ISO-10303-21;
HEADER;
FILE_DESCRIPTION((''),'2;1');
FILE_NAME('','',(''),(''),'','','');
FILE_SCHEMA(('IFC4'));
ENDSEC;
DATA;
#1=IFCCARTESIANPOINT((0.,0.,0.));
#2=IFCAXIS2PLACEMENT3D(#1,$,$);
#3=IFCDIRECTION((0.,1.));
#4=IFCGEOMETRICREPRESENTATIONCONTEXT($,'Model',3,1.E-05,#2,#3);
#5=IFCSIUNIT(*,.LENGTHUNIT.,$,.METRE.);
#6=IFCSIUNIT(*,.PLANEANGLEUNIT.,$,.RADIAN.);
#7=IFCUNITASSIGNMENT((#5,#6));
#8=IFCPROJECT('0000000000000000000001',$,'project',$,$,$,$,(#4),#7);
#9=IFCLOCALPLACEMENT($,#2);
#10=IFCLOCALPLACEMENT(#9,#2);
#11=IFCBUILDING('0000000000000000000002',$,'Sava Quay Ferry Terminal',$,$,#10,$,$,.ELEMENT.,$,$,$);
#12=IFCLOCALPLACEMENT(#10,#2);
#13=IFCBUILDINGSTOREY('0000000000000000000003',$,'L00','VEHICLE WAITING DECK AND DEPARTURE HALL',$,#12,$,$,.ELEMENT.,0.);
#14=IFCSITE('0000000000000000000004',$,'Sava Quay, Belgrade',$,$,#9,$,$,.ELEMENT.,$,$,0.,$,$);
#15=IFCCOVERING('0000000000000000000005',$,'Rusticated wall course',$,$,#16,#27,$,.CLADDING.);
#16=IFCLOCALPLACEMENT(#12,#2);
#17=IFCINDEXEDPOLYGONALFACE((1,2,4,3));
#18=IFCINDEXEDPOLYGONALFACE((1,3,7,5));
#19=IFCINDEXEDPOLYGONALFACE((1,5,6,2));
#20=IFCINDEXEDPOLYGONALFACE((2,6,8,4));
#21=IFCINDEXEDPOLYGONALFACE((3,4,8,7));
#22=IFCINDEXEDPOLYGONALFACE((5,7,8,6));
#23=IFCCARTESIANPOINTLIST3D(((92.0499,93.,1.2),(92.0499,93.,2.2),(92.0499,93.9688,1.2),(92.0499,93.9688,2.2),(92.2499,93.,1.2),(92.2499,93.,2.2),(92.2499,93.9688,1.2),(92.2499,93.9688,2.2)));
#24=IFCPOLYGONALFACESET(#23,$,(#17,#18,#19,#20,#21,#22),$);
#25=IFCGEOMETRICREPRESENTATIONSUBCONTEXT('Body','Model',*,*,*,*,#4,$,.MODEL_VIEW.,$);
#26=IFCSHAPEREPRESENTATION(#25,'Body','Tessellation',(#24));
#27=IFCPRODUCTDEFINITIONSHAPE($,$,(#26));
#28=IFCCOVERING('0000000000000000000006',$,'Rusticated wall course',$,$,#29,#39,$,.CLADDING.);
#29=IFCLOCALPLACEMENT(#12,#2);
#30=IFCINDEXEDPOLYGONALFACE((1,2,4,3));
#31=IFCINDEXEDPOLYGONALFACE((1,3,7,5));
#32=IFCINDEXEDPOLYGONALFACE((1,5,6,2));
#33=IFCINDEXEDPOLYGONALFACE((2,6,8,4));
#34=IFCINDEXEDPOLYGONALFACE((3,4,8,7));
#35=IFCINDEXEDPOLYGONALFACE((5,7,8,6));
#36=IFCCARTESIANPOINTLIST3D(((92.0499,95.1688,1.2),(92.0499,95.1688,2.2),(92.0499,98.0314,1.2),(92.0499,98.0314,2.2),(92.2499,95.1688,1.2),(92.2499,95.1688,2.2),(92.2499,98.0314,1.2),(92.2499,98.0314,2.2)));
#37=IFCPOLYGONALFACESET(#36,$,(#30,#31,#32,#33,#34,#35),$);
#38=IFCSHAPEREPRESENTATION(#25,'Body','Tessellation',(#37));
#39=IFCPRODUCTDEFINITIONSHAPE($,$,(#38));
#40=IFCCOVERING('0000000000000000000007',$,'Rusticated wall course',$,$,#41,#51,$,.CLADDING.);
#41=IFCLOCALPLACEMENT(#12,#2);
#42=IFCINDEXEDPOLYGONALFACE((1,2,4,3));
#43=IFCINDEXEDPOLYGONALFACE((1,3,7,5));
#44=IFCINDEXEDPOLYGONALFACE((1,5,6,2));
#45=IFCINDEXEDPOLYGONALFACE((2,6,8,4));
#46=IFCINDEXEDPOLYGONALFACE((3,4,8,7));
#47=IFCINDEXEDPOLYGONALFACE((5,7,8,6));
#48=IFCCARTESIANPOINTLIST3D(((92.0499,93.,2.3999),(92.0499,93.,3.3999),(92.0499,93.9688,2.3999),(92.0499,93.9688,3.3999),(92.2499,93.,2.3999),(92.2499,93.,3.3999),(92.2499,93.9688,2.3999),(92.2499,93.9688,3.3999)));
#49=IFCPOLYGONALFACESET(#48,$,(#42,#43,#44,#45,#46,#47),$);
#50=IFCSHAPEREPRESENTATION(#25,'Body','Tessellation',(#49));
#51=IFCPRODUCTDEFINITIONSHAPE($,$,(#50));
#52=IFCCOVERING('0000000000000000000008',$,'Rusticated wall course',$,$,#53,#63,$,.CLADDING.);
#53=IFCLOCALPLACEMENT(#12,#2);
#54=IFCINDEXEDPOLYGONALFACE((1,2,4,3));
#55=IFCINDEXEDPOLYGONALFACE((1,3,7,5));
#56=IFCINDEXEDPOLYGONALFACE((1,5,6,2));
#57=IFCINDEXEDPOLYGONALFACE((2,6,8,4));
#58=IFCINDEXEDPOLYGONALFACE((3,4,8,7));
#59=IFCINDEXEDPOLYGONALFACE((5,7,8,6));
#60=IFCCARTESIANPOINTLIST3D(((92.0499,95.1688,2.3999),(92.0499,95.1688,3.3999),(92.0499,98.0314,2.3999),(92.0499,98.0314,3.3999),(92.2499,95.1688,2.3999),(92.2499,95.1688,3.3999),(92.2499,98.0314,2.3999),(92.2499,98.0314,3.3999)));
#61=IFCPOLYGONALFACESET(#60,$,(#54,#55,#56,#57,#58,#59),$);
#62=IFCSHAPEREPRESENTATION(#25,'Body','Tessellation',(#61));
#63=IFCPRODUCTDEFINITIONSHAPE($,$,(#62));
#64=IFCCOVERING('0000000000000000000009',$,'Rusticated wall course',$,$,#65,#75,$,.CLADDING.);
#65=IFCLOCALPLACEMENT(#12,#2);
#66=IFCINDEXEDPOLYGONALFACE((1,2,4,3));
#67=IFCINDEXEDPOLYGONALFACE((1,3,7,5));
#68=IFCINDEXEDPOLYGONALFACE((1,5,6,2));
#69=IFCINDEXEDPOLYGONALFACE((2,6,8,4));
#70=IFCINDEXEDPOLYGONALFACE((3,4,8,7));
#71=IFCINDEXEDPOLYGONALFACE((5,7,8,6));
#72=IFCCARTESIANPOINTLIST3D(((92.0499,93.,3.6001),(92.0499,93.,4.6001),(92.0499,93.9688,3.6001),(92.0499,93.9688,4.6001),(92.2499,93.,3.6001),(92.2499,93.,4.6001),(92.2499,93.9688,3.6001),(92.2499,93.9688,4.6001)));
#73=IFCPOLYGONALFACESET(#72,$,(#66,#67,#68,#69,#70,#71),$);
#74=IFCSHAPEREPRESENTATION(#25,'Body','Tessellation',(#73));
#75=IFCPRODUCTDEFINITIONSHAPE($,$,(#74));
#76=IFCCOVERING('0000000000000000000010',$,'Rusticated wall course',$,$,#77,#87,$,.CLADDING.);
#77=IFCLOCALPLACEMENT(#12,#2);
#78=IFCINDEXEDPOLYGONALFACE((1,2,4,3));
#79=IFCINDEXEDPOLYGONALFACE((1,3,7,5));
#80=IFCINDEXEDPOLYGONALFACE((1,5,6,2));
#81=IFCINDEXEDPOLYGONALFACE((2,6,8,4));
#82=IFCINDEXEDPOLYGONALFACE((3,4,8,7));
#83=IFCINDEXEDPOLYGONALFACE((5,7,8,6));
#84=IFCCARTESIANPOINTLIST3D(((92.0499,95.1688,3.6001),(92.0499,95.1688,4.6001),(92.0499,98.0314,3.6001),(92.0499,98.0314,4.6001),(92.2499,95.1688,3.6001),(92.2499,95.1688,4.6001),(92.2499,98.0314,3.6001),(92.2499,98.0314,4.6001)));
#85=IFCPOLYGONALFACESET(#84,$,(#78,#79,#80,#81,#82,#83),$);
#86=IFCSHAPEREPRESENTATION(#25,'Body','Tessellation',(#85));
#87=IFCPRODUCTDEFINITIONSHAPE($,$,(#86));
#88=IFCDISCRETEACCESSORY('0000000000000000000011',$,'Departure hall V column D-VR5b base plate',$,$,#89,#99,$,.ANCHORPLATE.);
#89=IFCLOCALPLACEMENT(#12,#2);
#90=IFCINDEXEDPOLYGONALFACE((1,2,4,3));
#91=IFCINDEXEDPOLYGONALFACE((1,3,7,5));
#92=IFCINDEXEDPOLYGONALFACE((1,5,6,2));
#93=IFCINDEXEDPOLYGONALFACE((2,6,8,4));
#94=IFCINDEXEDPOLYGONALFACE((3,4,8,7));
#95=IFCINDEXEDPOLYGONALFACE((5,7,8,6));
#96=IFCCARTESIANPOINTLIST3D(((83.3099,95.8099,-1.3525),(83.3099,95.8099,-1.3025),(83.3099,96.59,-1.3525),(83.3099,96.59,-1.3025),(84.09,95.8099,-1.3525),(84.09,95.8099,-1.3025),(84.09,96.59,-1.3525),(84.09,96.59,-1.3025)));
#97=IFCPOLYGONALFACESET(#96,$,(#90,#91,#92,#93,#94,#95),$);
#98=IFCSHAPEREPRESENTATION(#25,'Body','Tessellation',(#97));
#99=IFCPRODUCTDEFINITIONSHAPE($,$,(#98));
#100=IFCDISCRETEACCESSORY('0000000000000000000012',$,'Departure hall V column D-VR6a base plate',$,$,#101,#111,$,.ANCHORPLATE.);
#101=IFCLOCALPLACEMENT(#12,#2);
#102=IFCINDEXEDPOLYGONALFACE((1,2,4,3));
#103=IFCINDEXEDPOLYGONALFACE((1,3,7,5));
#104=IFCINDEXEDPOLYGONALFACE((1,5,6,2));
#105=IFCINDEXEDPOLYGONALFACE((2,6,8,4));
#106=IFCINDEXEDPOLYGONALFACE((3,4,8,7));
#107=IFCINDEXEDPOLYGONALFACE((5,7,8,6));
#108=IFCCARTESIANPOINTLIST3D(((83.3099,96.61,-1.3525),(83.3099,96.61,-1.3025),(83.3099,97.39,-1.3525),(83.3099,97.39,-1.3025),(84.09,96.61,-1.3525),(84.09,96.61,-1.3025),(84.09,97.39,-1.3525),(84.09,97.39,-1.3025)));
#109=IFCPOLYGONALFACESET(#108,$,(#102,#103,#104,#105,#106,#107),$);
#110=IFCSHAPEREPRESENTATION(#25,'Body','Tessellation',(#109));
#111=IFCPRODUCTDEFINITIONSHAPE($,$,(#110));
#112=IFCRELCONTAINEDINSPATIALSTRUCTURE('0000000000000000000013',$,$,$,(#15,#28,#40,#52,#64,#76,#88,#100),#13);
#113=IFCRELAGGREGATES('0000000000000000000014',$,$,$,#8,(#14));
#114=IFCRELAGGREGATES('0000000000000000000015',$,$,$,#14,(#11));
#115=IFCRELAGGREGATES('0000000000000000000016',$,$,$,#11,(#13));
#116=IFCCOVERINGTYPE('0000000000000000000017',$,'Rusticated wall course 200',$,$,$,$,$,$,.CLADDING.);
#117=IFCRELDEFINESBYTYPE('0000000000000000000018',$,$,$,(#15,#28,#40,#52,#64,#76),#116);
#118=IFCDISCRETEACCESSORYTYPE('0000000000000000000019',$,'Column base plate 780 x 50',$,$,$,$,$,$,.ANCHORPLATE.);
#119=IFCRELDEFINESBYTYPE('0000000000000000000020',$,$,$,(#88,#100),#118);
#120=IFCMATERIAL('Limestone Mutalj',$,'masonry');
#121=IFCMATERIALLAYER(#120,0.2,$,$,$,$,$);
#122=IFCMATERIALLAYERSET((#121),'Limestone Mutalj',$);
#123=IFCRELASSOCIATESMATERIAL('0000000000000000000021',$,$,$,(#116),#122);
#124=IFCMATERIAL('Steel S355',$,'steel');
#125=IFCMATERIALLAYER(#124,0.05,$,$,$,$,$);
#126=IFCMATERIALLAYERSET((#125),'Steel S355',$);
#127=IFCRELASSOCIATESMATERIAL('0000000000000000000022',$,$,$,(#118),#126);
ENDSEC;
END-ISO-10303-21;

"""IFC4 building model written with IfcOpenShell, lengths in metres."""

from ifc_helpers import new_model, si_unit, direction, frame, origin, origin_2d, place, context, subcontext, project, spatial, rectangle, extrude, material, layer, layer_set, type_object, element, save


model = new_model("IFC4")

# Units and contexts
model_context = context("Model", 3, precision=1e-05, world=origin(), true_north=direction((0.0, 1.0)))
body_context = subcontext(model_context, "Body", "Model", "MODEL_VIEW")
ifc_project = project(units=[si_unit("LENGTHUNIT", "METRE"), si_unit("PLANEANGLEUNIT", "RADIAN")], contexts=[model_context])

# Site, building, storey
site_placement = place(None, origin())
site = spatial("IfcSite", under=ifc_project, at=site_placement, Name="Sava Quay, Belgrade", CompositionType="ELEMENT", RefElevation=0.0)
building_placement = place(site_placement, origin())
building = spatial("IfcBuilding", under=site, at=building_placement, Name="Sava Quay Ferry Terminal", CompositionType="ELEMENT")
storey_placement = place(building_placement, origin())
storey = spatial("IfcBuildingStorey", under=building, at=storey_placement, Name="L00", Description="VEHICLE WAITING DECK AND DEPARTURE HALL", CompositionType="ELEMENT", Elevation=0.0)

# Coverings
ifc_material_1 = material(Name="Limestone Mutalj", Category="masonry")
ifc_layer_1 = layer(ifc_material_1, 0.2)
ifc_layer_set_1 = layer_set([ifc_layer_1], Name="Limestone Mutalj")
covering_type_1 = type_object("IfcCoveringType", Name="Rusticated wall course 200", PredefinedType="CLADDING", material=ifc_layer_set_1)
covering_1_placement = place(storey_placement, frame((92.1499, 93.4844, 1.2), z_axis=(0.0, 0.0, 1.0), x_axis=(1.0, 0.0, 0.0)))
element("IfcCovering", 1, at=covering_1_placement, inside=storey, type_object=covering_type_1, Name="Rusticated wall course", PredefinedType="CLADDING", context=body_context, shape_type="SweptSolid", body=[
    extrude(rectangle(XDim=0.2, YDim=0.9688, at=origin_2d()), origin(), (0.0, 0.0, 1.0), 1.0),
])
covering_2_placement = place(storey_placement, frame((92.1499, 96.6001, 1.2), z_axis=(0.0, 0.0, 1.0), x_axis=(1.0, 0.0, 0.0)))
element("IfcCovering", 2, at=covering_2_placement, inside=storey, type_object=covering_type_1, Name="Rusticated wall course", PredefinedType="CLADDING", context=body_context, shape_type="SweptSolid", body=[
    extrude(rectangle(XDim=0.2, YDim=2.8625, at=origin_2d()), origin(), (0.0, 0.0, 1.0), 1.0),
])
covering_3_placement = place(storey_placement, frame((92.1499, 93.4844, 2.3999), z_axis=(0.0, 0.0, 1.0), x_axis=(1.0, 0.0, 0.0)))
element("IfcCovering", 3, at=covering_3_placement, inside=storey, type_object=covering_type_1, Name="Rusticated wall course", PredefinedType="CLADDING", context=body_context, shape_type="SweptSolid", body=[
    extrude(rectangle(XDim=0.2, YDim=0.9688, at=origin_2d()), origin(), (0.0, 0.0, 1.0), 1.0),
])
covering_4_placement = place(storey_placement, frame((92.1499, 96.6001, 2.3999), z_axis=(0.0, 0.0, 1.0), x_axis=(1.0, 0.0, 0.0)))
element("IfcCovering", 4, at=covering_4_placement, inside=storey, type_object=covering_type_1, Name="Rusticated wall course", PredefinedType="CLADDING", context=body_context, shape_type="SweptSolid", body=[
    extrude(rectangle(XDim=0.2, YDim=2.8625, at=origin_2d()), origin(), (0.0, 0.0, 1.0), 1.0),
])
covering_5_placement = place(storey_placement, frame((92.1499, 93.4844, 3.6001), z_axis=(0.0, 0.0, 1.0), x_axis=(1.0, 0.0, 0.0)))
element("IfcCovering", 5, at=covering_5_placement, inside=storey, type_object=covering_type_1, Name="Rusticated wall course", PredefinedType="CLADDING", context=body_context, shape_type="SweptSolid", body=[
    extrude(rectangle(XDim=0.2, YDim=0.9688, at=origin_2d()), origin(), (0.0, 0.0, 1.0), 1.0),
])
covering_6_placement = place(storey_placement, frame((92.1499, 96.6001, 3.6001), z_axis=(0.0, 0.0, 1.0), x_axis=(1.0, 0.0, 0.0)))
element("IfcCovering", 6, at=covering_6_placement, inside=storey, type_object=covering_type_1, Name="Rusticated wall course", PredefinedType="CLADDING", context=body_context, shape_type="SweptSolid", body=[
    extrude(rectangle(XDim=0.2, YDim=2.8625, at=origin_2d()), origin(), (0.0, 0.0, 1.0), 1.0),
])

# Discrete accessories
ifc_material_2 = material(Name="Steel S355", Category="steel")
ifc_layer_2 = layer(ifc_material_2, 0.05)
ifc_layer_set_2 = layer_set([ifc_layer_2], Name="Steel S355")
discrete_accessory_type = type_object("IfcDiscreteAccessoryType", Name="Column base plate 780 x 50", PredefinedType="ANCHORPLATE", material=ifc_layer_set_2)
for number, where, z_axis, x_axis, name in (
    (7, (83.7, 96.2, -1.3525), (0.0, 0.0, 1.0), (1.0, 0.0, 0.0), "Departure hall V column D-VR5b base plate"),
    (8, (83.7, 97.0, -1.3525), (0.0, 0.0, 1.0), (1.0, 0.0, 0.0), "Departure hall V column D-VR6a base plate"),
):
    element("IfcDiscreteAccessory", number, at=place(storey_placement, frame(where, z_axis=z_axis, x_axis=x_axis)), inside=storey, type_object=discrete_accessory_type, Name=name, PredefinedType="ANCHORPLATE", context=body_context, shape_type="SweptSolid", body=[
        extrude(rectangle(XDim=0.78, YDim=0.78, at=origin_2d()), origin(), (0.0, 0.0, 1.0), 0.05),
    ])

save(model, "model.ifc")
